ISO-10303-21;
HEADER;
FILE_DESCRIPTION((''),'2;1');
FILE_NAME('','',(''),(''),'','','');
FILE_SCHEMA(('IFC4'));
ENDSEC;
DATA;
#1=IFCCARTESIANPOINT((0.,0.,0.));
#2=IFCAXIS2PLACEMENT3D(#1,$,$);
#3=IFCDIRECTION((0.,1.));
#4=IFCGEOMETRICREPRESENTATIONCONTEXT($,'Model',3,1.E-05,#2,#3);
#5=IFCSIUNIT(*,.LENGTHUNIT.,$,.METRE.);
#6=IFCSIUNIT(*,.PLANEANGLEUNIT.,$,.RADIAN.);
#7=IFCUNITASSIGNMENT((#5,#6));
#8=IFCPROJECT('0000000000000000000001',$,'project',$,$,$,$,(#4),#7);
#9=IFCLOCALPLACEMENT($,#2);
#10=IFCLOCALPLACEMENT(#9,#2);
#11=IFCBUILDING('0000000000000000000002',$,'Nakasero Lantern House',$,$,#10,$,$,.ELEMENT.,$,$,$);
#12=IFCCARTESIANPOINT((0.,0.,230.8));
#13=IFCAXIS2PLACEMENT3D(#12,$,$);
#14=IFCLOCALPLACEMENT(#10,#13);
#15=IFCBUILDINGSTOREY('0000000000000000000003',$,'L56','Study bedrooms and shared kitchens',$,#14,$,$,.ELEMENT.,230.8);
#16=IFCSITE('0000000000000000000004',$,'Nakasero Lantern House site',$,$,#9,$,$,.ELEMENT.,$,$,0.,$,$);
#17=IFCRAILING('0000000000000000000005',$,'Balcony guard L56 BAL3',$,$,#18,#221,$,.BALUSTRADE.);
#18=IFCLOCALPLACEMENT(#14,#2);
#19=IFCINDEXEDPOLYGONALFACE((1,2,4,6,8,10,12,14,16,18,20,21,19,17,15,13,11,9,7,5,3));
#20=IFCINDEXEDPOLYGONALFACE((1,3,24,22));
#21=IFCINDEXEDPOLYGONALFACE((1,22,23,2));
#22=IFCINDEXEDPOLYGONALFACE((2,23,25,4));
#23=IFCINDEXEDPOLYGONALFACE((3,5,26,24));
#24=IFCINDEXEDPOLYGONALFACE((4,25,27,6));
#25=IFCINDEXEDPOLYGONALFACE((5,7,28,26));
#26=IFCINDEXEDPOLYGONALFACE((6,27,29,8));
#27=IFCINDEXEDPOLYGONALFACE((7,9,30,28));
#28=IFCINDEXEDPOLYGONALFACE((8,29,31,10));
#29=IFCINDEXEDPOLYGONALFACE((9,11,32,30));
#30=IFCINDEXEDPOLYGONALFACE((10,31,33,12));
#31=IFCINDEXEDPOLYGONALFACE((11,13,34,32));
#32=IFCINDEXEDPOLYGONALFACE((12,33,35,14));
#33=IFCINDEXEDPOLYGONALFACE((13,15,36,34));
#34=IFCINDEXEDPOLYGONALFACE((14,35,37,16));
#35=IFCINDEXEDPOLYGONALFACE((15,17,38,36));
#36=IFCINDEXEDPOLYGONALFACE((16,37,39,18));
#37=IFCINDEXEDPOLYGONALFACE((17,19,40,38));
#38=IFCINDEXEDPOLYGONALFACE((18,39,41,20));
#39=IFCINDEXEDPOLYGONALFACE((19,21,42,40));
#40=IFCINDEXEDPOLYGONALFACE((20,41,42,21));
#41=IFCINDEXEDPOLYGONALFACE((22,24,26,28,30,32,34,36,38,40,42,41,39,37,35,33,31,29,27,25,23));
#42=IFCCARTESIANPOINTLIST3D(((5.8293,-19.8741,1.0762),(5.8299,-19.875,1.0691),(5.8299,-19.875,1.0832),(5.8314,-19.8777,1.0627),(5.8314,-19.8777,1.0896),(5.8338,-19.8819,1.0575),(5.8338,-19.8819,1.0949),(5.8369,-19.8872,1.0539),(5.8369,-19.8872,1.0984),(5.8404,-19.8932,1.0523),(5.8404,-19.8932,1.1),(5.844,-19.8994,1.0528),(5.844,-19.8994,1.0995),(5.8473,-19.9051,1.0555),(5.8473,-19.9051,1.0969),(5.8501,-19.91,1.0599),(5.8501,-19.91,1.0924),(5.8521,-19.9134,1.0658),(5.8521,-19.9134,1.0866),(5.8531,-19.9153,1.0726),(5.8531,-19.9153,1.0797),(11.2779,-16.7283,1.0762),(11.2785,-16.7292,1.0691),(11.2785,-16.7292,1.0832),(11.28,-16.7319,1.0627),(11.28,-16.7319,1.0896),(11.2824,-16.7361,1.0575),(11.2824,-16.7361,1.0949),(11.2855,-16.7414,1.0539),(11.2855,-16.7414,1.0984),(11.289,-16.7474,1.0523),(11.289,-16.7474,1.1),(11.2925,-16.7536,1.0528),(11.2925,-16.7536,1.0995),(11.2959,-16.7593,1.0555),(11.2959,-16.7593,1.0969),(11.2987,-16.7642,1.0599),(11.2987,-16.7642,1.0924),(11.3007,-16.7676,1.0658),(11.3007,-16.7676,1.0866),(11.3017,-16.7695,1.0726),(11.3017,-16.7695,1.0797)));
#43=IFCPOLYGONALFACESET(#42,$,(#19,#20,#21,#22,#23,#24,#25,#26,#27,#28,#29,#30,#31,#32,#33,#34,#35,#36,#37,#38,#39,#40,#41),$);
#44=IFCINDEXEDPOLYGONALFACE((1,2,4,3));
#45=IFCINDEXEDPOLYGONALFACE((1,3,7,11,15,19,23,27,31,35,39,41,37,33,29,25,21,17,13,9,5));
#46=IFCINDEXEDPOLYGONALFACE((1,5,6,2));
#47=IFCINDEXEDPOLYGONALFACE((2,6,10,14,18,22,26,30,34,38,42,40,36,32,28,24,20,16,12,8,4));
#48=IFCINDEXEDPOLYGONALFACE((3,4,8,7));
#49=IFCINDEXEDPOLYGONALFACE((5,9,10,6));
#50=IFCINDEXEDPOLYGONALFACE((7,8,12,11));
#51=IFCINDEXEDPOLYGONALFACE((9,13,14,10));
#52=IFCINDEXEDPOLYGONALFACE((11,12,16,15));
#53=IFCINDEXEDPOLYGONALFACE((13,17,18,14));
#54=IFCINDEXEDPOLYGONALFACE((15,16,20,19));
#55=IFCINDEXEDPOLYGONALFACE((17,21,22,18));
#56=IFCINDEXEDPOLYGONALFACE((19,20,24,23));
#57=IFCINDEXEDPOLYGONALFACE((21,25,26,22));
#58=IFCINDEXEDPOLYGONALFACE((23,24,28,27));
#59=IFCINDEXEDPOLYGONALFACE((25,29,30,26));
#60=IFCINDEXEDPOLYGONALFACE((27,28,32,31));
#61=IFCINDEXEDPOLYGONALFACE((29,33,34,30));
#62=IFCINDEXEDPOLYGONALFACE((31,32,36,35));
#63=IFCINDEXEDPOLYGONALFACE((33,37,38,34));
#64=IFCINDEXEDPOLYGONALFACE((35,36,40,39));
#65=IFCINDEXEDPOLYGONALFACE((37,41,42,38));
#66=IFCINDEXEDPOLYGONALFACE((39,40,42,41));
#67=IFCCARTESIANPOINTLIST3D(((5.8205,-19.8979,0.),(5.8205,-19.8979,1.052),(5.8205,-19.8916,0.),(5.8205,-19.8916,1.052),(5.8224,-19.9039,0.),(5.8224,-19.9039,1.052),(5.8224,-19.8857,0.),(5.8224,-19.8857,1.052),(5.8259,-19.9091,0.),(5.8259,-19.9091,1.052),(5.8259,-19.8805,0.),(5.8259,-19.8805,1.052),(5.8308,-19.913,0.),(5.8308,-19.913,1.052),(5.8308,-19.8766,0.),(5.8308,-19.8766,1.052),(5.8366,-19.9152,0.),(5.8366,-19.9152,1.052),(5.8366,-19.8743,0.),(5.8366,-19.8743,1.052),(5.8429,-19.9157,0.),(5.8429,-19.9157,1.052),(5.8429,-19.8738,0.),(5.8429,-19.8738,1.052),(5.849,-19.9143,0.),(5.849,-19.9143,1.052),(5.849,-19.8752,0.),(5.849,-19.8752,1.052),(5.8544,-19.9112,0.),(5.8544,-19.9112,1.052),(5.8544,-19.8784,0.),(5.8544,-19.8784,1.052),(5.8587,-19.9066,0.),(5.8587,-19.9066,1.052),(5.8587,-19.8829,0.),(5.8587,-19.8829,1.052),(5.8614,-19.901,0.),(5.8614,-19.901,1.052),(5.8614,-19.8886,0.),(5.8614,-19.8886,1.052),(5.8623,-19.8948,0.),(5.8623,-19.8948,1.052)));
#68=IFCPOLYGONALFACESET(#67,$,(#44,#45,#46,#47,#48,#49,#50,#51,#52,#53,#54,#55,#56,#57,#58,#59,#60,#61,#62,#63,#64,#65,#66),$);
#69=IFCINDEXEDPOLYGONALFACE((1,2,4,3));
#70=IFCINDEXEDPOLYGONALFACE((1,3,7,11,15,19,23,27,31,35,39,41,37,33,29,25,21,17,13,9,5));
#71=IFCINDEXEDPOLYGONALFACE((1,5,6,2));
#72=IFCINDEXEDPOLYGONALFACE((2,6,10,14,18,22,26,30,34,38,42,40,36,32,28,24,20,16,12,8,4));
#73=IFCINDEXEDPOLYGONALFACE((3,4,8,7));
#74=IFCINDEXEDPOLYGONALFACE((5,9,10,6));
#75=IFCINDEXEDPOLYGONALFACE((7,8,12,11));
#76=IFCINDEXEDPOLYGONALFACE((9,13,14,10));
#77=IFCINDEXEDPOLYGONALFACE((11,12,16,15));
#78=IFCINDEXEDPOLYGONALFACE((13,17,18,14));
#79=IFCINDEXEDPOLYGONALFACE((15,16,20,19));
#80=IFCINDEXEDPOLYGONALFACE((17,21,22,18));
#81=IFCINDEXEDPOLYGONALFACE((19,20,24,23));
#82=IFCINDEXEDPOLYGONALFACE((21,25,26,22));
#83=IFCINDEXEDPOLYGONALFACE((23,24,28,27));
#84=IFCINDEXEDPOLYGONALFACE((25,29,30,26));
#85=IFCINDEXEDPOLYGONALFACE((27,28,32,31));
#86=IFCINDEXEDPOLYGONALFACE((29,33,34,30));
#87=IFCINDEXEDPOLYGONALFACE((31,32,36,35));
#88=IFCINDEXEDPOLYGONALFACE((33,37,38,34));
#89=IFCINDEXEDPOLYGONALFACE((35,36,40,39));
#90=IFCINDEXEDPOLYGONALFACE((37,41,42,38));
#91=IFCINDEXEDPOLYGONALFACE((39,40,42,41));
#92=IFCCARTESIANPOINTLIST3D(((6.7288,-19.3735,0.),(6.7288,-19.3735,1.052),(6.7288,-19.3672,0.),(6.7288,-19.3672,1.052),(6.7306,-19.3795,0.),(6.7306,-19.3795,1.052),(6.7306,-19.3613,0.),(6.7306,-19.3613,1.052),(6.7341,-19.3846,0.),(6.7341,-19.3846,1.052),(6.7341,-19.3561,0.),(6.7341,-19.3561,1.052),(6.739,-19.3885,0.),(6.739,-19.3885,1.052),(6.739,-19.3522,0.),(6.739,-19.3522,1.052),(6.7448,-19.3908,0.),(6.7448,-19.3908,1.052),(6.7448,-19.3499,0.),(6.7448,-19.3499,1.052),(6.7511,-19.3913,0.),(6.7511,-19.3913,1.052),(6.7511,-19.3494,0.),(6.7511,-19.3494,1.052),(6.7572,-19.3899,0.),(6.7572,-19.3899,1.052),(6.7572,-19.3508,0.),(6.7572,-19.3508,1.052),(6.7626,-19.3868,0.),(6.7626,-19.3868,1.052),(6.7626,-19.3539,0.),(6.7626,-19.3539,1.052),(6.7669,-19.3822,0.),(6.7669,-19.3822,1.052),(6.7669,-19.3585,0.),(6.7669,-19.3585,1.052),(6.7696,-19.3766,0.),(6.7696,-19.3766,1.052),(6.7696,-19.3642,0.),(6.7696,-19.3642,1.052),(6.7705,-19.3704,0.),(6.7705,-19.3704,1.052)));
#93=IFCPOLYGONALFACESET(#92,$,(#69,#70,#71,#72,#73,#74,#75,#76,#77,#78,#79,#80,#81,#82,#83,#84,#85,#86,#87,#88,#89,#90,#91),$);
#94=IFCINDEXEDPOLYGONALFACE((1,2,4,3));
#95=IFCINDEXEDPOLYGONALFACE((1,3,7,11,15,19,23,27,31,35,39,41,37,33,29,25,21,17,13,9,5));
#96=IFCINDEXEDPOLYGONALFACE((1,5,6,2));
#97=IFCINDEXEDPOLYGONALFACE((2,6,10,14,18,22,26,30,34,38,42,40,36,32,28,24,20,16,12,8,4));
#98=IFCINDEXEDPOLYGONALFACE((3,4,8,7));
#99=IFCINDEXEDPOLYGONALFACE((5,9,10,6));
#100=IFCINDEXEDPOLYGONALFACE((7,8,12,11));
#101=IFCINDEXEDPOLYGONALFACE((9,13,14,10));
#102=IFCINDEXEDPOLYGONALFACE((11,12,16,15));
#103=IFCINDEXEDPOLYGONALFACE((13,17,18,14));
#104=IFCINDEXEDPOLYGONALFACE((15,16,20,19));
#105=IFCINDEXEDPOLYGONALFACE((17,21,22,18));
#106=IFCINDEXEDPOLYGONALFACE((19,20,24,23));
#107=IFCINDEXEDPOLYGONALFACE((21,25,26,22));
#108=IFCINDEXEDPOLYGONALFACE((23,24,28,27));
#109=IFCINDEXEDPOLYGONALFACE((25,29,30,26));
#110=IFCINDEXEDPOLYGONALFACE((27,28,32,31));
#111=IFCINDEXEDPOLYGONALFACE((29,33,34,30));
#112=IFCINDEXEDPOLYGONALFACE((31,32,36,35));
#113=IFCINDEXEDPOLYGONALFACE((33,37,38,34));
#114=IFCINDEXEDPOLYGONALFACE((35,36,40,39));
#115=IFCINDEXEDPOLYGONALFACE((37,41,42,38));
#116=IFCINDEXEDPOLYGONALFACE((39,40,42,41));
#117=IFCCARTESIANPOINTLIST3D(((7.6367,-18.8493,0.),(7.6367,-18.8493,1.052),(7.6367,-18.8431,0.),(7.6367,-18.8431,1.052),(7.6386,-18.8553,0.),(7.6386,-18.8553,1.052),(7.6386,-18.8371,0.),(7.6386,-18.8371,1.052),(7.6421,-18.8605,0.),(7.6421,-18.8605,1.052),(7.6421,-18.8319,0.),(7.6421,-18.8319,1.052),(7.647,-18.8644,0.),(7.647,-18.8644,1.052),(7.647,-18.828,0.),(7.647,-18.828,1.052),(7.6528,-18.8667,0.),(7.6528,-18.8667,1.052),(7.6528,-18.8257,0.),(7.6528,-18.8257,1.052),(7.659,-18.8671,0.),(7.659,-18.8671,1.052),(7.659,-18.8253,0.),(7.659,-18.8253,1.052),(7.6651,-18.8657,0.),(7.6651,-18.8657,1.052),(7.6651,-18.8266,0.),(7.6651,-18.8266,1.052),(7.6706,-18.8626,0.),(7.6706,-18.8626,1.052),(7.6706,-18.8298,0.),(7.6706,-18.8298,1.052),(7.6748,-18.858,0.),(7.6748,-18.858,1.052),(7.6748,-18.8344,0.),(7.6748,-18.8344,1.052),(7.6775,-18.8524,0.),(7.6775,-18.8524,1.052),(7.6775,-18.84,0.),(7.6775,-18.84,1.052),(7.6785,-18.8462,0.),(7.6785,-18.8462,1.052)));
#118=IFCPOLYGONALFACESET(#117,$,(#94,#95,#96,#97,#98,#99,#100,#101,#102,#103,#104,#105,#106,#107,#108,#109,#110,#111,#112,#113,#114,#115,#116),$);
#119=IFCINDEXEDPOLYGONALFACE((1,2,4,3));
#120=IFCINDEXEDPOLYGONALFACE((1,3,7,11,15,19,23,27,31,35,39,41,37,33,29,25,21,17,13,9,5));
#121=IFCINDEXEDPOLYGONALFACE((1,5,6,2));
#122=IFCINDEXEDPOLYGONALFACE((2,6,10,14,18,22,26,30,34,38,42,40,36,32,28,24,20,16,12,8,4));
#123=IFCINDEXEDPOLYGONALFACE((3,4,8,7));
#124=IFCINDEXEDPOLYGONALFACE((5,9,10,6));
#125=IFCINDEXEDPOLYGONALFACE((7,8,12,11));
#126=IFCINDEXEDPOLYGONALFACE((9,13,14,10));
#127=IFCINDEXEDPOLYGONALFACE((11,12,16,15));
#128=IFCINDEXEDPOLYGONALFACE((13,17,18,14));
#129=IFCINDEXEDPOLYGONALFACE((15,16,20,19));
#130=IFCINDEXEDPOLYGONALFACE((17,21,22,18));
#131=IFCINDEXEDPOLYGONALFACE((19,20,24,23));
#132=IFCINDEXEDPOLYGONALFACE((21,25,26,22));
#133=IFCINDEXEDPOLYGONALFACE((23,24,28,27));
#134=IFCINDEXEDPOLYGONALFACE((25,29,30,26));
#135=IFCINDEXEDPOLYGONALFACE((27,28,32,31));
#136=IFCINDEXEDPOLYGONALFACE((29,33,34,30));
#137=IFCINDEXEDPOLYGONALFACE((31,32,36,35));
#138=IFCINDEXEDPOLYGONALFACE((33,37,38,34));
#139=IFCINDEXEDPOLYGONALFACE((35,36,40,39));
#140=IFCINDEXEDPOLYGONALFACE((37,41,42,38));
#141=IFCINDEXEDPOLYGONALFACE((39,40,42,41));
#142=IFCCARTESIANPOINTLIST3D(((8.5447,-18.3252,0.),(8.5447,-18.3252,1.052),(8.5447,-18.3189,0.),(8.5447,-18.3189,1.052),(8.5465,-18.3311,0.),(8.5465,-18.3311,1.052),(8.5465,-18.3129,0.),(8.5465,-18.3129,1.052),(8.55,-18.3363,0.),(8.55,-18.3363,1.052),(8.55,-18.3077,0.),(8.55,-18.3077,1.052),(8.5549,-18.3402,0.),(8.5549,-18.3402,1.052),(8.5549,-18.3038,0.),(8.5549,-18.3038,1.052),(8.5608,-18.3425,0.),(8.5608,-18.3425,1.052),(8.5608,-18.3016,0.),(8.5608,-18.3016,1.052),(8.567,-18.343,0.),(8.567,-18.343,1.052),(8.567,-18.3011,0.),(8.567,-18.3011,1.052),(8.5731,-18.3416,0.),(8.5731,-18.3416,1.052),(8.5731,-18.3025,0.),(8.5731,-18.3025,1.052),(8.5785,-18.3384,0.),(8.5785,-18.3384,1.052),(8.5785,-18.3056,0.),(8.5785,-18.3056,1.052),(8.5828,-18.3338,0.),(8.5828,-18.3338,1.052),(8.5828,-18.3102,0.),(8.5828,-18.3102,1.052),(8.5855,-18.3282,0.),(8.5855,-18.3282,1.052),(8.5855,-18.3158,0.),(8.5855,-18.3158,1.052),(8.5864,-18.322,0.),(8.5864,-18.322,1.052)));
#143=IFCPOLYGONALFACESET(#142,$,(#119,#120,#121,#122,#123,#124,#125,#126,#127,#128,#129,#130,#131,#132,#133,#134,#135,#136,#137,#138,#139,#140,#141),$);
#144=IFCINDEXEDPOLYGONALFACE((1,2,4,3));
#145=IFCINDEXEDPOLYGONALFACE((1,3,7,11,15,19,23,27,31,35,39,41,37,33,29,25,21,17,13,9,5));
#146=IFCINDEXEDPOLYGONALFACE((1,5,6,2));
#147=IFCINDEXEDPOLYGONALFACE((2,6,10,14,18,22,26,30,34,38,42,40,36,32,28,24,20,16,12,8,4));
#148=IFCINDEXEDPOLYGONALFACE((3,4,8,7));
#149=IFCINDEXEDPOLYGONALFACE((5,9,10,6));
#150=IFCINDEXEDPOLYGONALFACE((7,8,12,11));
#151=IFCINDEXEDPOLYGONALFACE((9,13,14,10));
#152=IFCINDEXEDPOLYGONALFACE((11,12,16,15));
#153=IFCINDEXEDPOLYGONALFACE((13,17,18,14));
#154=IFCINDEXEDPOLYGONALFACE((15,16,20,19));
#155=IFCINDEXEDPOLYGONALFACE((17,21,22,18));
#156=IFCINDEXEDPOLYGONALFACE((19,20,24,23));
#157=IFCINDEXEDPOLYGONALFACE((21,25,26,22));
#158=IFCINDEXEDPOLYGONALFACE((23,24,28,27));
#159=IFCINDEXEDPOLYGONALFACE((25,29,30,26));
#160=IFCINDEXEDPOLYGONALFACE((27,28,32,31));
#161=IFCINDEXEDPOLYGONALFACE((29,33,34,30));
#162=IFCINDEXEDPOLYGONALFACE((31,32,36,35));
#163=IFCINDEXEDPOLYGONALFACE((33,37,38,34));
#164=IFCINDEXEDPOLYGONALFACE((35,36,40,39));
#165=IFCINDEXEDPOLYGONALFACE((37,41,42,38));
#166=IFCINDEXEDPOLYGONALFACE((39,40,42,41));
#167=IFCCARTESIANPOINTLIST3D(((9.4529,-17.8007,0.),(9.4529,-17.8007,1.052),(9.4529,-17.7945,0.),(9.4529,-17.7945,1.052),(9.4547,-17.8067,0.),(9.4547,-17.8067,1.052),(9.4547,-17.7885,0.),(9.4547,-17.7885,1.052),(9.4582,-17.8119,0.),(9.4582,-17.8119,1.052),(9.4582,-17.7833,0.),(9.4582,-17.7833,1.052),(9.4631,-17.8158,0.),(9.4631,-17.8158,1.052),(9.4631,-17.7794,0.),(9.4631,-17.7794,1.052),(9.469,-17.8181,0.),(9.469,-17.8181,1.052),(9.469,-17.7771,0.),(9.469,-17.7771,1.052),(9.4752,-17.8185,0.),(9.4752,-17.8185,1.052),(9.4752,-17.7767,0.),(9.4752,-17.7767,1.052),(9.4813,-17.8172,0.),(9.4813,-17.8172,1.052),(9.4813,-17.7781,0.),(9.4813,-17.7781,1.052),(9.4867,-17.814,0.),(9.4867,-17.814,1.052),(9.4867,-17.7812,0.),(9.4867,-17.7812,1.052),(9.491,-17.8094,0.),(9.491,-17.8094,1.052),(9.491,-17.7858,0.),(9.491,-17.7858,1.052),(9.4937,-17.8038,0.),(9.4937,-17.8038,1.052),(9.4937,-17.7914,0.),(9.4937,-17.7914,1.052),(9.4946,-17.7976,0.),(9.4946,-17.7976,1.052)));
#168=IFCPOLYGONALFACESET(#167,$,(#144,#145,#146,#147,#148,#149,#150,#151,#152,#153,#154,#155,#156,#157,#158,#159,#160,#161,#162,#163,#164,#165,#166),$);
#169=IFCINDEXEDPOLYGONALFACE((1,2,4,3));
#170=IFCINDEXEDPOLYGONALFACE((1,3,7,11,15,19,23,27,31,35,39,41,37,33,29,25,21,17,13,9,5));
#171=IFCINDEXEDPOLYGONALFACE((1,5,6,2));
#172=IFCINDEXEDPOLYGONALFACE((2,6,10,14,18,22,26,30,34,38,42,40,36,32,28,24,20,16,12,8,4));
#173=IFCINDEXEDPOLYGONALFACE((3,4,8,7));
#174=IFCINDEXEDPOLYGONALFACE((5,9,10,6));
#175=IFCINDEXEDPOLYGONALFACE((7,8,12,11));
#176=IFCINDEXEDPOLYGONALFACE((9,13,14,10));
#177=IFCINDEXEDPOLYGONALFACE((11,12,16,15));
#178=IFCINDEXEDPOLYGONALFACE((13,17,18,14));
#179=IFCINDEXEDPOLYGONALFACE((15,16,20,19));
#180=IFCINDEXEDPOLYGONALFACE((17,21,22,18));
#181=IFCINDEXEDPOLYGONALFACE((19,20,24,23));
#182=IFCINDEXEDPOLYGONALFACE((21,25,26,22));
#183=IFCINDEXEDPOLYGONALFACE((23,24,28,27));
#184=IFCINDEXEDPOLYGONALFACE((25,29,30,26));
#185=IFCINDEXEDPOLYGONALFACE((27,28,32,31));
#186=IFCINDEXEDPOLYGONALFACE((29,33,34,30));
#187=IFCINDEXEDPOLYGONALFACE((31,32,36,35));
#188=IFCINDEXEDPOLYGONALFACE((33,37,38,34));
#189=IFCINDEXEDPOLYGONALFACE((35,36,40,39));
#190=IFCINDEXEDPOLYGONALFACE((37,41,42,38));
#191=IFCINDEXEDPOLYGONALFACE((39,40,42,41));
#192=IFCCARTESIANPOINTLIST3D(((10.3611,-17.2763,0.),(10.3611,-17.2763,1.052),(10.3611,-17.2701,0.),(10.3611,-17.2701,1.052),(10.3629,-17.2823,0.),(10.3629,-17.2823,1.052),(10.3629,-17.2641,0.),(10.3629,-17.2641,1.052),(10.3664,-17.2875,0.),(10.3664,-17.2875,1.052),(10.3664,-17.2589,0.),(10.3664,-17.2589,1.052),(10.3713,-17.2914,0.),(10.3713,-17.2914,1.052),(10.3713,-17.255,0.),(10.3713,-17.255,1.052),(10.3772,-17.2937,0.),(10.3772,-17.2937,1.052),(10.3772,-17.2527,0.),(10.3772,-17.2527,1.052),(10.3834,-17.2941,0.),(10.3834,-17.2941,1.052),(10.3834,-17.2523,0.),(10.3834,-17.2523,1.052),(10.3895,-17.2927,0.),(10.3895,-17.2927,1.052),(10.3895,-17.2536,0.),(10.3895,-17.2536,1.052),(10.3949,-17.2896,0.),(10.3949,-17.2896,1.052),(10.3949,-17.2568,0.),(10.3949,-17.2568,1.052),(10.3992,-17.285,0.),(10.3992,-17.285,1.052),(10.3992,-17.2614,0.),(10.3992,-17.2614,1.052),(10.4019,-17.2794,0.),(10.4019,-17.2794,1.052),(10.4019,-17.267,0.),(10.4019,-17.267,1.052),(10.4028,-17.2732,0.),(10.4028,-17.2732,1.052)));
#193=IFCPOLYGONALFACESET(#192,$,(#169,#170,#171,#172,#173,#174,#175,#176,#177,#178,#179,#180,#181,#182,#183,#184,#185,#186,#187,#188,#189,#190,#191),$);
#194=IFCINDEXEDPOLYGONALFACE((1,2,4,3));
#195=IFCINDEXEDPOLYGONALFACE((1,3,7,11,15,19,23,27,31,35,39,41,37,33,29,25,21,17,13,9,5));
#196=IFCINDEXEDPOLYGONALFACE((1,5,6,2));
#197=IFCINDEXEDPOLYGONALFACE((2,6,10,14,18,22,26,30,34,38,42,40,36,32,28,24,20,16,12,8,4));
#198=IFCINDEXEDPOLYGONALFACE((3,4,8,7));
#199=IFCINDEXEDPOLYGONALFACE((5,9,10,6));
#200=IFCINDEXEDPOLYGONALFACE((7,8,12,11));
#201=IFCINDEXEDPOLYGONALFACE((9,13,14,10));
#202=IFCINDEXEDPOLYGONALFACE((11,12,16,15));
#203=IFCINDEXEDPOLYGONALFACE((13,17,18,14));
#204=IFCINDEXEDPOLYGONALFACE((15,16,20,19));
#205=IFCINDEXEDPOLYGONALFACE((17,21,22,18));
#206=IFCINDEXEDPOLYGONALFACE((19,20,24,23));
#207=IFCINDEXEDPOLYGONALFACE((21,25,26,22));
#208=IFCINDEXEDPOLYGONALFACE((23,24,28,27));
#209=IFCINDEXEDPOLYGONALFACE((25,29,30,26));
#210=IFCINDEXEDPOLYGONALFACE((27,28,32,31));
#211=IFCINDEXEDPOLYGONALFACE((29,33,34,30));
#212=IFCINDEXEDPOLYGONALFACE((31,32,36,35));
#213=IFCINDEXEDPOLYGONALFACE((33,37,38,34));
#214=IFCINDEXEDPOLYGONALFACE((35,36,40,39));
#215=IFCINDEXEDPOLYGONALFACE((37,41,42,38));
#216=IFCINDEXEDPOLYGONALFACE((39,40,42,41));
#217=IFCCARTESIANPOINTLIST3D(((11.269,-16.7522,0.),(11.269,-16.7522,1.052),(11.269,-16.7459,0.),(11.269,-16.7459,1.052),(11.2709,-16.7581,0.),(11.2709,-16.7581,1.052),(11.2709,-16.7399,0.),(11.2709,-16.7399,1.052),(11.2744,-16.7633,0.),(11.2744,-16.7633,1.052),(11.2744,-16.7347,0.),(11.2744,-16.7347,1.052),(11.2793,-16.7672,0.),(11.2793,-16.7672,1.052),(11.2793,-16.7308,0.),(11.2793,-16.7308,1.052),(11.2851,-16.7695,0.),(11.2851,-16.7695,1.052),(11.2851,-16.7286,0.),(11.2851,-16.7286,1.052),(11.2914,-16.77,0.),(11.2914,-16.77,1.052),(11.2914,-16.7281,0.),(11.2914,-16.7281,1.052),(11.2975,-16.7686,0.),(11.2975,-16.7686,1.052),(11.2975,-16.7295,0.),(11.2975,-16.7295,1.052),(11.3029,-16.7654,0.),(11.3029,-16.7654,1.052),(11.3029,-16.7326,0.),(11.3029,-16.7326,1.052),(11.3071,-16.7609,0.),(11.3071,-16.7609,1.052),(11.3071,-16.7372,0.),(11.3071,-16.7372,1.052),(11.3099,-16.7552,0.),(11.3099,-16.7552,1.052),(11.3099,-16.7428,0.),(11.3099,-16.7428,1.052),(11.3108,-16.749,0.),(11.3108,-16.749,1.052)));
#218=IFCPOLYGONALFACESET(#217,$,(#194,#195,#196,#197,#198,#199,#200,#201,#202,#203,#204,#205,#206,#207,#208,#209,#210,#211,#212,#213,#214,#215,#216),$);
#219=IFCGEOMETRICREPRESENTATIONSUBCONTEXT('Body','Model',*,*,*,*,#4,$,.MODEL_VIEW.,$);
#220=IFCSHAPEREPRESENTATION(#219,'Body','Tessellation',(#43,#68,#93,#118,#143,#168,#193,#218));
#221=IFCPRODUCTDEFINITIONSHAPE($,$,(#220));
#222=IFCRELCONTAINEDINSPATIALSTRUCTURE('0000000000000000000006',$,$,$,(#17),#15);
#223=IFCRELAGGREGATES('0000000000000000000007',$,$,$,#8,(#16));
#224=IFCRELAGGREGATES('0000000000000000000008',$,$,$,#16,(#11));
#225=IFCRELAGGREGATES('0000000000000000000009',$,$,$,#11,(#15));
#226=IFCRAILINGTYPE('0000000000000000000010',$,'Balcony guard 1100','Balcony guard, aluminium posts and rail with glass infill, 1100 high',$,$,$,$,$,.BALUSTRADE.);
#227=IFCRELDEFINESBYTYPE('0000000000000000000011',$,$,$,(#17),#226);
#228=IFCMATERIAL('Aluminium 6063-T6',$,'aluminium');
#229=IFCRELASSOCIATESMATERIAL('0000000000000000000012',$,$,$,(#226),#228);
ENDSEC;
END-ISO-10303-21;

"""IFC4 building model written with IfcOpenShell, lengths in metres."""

from ifc_helpers import new_model, si_unit, direction, frame, origin, origin_2d, place, context, subcontext, project, spatial, circle, extrude, material, type_object, element, save


model = new_model("IFC4")

# Units and contexts
model_context = context("Model", 3, precision=1e-05, world=origin(), true_north=direction((0.0, 1.0)))
body_context = subcontext(model_context, "Body", "Model", "MODEL_VIEW")
ifc_project = project(units=[si_unit("LENGTHUNIT", "METRE"), si_unit("PLANEANGLEUNIT", "RADIAN")], contexts=[model_context])

# Site, building, storey
site_placement = place(None, origin())
site = spatial("IfcSite", under=ifc_project, at=site_placement, Name="Nakasero Lantern House site", CompositionType="ELEMENT", RefElevation=0.0)
building_placement = place(site_placement, origin())
building = spatial("IfcBuilding", under=site, at=building_placement, Name="Nakasero Lantern House", CompositionType="ELEMENT")
storey_placement = place(building_placement, frame((0.0, 0.0, 230.8)))
storey = spatial("IfcBuildingStorey", under=building, at=storey_placement, Name="L56", Description="Study bedrooms and shared kitchens", CompositionType="ELEMENT", Elevation=230.8)

# Railing
ifc_material_1 = material(Name="Aluminium 6063-T6", Category="aluminium")
railing_type = type_object("IfcRailingType", Name="Balcony guard 1100", Description="Balcony guard, aluminium posts and rail with glass infill, 1100 high", PredefinedType="BALUSTRADE", material=ifc_material_1)
railing_placement = place(storey_placement, frame((5.8413, -19.8948, 0.0)))
element("IfcRailing", 1, at=railing_placement, inside=storey, type_object=railing_type, Name="Balcony guard L56 BAL3", PredefinedType="BALUSTRADE", context=body_context, shape_type="SweptSolid", body=[
    extrude(circle(Radius=0.0239, at=origin_2d()), frame((0.0, 0.0, 1.0762), z_axis=(0.866021, 0.500008, 0.0), x_axis=(-0.500008, 0.866021, 0.0)), (0.0, 0.0, 1.0), 6.2915),
    extrude(circle(Radius=0.021, at=origin_2d()), origin(), (0.0, 0.0, 1.0), 1.052),
    extrude(circle(Radius=0.021, at=origin_2d()), frame((0.9082, 0.5244, 0.0)), (0.0, 0.0, 1.0), 1.052),
    extrude(circle(Radius=0.021, at=origin_2d()), frame((1.8162, 1.0486, 0.0)), (0.0, 0.0, 1.0), 1.052),
    extrude(circle(Radius=0.021, at=origin_2d()), frame((2.7241, 1.5728, 0.0)), (0.0, 0.0, 1.0), 1.052),
    extrude(circle(Radius=0.021, at=origin_2d()), frame((3.6323, 2.0972, 0.0)), (0.0, 0.0, 1.0), 1.052),
    extrude(circle(Radius=0.021, at=origin_2d()), frame((4.5405, 2.6216, 0.0)), (0.0, 0.0, 1.0), 1.052),
    extrude(circle(Radius=0.021, at=origin_2d()), frame((5.4485, 3.1458, 0.0)), (0.0, 0.0, 1.0), 1.052),
])

save(model, "model.ifc")
